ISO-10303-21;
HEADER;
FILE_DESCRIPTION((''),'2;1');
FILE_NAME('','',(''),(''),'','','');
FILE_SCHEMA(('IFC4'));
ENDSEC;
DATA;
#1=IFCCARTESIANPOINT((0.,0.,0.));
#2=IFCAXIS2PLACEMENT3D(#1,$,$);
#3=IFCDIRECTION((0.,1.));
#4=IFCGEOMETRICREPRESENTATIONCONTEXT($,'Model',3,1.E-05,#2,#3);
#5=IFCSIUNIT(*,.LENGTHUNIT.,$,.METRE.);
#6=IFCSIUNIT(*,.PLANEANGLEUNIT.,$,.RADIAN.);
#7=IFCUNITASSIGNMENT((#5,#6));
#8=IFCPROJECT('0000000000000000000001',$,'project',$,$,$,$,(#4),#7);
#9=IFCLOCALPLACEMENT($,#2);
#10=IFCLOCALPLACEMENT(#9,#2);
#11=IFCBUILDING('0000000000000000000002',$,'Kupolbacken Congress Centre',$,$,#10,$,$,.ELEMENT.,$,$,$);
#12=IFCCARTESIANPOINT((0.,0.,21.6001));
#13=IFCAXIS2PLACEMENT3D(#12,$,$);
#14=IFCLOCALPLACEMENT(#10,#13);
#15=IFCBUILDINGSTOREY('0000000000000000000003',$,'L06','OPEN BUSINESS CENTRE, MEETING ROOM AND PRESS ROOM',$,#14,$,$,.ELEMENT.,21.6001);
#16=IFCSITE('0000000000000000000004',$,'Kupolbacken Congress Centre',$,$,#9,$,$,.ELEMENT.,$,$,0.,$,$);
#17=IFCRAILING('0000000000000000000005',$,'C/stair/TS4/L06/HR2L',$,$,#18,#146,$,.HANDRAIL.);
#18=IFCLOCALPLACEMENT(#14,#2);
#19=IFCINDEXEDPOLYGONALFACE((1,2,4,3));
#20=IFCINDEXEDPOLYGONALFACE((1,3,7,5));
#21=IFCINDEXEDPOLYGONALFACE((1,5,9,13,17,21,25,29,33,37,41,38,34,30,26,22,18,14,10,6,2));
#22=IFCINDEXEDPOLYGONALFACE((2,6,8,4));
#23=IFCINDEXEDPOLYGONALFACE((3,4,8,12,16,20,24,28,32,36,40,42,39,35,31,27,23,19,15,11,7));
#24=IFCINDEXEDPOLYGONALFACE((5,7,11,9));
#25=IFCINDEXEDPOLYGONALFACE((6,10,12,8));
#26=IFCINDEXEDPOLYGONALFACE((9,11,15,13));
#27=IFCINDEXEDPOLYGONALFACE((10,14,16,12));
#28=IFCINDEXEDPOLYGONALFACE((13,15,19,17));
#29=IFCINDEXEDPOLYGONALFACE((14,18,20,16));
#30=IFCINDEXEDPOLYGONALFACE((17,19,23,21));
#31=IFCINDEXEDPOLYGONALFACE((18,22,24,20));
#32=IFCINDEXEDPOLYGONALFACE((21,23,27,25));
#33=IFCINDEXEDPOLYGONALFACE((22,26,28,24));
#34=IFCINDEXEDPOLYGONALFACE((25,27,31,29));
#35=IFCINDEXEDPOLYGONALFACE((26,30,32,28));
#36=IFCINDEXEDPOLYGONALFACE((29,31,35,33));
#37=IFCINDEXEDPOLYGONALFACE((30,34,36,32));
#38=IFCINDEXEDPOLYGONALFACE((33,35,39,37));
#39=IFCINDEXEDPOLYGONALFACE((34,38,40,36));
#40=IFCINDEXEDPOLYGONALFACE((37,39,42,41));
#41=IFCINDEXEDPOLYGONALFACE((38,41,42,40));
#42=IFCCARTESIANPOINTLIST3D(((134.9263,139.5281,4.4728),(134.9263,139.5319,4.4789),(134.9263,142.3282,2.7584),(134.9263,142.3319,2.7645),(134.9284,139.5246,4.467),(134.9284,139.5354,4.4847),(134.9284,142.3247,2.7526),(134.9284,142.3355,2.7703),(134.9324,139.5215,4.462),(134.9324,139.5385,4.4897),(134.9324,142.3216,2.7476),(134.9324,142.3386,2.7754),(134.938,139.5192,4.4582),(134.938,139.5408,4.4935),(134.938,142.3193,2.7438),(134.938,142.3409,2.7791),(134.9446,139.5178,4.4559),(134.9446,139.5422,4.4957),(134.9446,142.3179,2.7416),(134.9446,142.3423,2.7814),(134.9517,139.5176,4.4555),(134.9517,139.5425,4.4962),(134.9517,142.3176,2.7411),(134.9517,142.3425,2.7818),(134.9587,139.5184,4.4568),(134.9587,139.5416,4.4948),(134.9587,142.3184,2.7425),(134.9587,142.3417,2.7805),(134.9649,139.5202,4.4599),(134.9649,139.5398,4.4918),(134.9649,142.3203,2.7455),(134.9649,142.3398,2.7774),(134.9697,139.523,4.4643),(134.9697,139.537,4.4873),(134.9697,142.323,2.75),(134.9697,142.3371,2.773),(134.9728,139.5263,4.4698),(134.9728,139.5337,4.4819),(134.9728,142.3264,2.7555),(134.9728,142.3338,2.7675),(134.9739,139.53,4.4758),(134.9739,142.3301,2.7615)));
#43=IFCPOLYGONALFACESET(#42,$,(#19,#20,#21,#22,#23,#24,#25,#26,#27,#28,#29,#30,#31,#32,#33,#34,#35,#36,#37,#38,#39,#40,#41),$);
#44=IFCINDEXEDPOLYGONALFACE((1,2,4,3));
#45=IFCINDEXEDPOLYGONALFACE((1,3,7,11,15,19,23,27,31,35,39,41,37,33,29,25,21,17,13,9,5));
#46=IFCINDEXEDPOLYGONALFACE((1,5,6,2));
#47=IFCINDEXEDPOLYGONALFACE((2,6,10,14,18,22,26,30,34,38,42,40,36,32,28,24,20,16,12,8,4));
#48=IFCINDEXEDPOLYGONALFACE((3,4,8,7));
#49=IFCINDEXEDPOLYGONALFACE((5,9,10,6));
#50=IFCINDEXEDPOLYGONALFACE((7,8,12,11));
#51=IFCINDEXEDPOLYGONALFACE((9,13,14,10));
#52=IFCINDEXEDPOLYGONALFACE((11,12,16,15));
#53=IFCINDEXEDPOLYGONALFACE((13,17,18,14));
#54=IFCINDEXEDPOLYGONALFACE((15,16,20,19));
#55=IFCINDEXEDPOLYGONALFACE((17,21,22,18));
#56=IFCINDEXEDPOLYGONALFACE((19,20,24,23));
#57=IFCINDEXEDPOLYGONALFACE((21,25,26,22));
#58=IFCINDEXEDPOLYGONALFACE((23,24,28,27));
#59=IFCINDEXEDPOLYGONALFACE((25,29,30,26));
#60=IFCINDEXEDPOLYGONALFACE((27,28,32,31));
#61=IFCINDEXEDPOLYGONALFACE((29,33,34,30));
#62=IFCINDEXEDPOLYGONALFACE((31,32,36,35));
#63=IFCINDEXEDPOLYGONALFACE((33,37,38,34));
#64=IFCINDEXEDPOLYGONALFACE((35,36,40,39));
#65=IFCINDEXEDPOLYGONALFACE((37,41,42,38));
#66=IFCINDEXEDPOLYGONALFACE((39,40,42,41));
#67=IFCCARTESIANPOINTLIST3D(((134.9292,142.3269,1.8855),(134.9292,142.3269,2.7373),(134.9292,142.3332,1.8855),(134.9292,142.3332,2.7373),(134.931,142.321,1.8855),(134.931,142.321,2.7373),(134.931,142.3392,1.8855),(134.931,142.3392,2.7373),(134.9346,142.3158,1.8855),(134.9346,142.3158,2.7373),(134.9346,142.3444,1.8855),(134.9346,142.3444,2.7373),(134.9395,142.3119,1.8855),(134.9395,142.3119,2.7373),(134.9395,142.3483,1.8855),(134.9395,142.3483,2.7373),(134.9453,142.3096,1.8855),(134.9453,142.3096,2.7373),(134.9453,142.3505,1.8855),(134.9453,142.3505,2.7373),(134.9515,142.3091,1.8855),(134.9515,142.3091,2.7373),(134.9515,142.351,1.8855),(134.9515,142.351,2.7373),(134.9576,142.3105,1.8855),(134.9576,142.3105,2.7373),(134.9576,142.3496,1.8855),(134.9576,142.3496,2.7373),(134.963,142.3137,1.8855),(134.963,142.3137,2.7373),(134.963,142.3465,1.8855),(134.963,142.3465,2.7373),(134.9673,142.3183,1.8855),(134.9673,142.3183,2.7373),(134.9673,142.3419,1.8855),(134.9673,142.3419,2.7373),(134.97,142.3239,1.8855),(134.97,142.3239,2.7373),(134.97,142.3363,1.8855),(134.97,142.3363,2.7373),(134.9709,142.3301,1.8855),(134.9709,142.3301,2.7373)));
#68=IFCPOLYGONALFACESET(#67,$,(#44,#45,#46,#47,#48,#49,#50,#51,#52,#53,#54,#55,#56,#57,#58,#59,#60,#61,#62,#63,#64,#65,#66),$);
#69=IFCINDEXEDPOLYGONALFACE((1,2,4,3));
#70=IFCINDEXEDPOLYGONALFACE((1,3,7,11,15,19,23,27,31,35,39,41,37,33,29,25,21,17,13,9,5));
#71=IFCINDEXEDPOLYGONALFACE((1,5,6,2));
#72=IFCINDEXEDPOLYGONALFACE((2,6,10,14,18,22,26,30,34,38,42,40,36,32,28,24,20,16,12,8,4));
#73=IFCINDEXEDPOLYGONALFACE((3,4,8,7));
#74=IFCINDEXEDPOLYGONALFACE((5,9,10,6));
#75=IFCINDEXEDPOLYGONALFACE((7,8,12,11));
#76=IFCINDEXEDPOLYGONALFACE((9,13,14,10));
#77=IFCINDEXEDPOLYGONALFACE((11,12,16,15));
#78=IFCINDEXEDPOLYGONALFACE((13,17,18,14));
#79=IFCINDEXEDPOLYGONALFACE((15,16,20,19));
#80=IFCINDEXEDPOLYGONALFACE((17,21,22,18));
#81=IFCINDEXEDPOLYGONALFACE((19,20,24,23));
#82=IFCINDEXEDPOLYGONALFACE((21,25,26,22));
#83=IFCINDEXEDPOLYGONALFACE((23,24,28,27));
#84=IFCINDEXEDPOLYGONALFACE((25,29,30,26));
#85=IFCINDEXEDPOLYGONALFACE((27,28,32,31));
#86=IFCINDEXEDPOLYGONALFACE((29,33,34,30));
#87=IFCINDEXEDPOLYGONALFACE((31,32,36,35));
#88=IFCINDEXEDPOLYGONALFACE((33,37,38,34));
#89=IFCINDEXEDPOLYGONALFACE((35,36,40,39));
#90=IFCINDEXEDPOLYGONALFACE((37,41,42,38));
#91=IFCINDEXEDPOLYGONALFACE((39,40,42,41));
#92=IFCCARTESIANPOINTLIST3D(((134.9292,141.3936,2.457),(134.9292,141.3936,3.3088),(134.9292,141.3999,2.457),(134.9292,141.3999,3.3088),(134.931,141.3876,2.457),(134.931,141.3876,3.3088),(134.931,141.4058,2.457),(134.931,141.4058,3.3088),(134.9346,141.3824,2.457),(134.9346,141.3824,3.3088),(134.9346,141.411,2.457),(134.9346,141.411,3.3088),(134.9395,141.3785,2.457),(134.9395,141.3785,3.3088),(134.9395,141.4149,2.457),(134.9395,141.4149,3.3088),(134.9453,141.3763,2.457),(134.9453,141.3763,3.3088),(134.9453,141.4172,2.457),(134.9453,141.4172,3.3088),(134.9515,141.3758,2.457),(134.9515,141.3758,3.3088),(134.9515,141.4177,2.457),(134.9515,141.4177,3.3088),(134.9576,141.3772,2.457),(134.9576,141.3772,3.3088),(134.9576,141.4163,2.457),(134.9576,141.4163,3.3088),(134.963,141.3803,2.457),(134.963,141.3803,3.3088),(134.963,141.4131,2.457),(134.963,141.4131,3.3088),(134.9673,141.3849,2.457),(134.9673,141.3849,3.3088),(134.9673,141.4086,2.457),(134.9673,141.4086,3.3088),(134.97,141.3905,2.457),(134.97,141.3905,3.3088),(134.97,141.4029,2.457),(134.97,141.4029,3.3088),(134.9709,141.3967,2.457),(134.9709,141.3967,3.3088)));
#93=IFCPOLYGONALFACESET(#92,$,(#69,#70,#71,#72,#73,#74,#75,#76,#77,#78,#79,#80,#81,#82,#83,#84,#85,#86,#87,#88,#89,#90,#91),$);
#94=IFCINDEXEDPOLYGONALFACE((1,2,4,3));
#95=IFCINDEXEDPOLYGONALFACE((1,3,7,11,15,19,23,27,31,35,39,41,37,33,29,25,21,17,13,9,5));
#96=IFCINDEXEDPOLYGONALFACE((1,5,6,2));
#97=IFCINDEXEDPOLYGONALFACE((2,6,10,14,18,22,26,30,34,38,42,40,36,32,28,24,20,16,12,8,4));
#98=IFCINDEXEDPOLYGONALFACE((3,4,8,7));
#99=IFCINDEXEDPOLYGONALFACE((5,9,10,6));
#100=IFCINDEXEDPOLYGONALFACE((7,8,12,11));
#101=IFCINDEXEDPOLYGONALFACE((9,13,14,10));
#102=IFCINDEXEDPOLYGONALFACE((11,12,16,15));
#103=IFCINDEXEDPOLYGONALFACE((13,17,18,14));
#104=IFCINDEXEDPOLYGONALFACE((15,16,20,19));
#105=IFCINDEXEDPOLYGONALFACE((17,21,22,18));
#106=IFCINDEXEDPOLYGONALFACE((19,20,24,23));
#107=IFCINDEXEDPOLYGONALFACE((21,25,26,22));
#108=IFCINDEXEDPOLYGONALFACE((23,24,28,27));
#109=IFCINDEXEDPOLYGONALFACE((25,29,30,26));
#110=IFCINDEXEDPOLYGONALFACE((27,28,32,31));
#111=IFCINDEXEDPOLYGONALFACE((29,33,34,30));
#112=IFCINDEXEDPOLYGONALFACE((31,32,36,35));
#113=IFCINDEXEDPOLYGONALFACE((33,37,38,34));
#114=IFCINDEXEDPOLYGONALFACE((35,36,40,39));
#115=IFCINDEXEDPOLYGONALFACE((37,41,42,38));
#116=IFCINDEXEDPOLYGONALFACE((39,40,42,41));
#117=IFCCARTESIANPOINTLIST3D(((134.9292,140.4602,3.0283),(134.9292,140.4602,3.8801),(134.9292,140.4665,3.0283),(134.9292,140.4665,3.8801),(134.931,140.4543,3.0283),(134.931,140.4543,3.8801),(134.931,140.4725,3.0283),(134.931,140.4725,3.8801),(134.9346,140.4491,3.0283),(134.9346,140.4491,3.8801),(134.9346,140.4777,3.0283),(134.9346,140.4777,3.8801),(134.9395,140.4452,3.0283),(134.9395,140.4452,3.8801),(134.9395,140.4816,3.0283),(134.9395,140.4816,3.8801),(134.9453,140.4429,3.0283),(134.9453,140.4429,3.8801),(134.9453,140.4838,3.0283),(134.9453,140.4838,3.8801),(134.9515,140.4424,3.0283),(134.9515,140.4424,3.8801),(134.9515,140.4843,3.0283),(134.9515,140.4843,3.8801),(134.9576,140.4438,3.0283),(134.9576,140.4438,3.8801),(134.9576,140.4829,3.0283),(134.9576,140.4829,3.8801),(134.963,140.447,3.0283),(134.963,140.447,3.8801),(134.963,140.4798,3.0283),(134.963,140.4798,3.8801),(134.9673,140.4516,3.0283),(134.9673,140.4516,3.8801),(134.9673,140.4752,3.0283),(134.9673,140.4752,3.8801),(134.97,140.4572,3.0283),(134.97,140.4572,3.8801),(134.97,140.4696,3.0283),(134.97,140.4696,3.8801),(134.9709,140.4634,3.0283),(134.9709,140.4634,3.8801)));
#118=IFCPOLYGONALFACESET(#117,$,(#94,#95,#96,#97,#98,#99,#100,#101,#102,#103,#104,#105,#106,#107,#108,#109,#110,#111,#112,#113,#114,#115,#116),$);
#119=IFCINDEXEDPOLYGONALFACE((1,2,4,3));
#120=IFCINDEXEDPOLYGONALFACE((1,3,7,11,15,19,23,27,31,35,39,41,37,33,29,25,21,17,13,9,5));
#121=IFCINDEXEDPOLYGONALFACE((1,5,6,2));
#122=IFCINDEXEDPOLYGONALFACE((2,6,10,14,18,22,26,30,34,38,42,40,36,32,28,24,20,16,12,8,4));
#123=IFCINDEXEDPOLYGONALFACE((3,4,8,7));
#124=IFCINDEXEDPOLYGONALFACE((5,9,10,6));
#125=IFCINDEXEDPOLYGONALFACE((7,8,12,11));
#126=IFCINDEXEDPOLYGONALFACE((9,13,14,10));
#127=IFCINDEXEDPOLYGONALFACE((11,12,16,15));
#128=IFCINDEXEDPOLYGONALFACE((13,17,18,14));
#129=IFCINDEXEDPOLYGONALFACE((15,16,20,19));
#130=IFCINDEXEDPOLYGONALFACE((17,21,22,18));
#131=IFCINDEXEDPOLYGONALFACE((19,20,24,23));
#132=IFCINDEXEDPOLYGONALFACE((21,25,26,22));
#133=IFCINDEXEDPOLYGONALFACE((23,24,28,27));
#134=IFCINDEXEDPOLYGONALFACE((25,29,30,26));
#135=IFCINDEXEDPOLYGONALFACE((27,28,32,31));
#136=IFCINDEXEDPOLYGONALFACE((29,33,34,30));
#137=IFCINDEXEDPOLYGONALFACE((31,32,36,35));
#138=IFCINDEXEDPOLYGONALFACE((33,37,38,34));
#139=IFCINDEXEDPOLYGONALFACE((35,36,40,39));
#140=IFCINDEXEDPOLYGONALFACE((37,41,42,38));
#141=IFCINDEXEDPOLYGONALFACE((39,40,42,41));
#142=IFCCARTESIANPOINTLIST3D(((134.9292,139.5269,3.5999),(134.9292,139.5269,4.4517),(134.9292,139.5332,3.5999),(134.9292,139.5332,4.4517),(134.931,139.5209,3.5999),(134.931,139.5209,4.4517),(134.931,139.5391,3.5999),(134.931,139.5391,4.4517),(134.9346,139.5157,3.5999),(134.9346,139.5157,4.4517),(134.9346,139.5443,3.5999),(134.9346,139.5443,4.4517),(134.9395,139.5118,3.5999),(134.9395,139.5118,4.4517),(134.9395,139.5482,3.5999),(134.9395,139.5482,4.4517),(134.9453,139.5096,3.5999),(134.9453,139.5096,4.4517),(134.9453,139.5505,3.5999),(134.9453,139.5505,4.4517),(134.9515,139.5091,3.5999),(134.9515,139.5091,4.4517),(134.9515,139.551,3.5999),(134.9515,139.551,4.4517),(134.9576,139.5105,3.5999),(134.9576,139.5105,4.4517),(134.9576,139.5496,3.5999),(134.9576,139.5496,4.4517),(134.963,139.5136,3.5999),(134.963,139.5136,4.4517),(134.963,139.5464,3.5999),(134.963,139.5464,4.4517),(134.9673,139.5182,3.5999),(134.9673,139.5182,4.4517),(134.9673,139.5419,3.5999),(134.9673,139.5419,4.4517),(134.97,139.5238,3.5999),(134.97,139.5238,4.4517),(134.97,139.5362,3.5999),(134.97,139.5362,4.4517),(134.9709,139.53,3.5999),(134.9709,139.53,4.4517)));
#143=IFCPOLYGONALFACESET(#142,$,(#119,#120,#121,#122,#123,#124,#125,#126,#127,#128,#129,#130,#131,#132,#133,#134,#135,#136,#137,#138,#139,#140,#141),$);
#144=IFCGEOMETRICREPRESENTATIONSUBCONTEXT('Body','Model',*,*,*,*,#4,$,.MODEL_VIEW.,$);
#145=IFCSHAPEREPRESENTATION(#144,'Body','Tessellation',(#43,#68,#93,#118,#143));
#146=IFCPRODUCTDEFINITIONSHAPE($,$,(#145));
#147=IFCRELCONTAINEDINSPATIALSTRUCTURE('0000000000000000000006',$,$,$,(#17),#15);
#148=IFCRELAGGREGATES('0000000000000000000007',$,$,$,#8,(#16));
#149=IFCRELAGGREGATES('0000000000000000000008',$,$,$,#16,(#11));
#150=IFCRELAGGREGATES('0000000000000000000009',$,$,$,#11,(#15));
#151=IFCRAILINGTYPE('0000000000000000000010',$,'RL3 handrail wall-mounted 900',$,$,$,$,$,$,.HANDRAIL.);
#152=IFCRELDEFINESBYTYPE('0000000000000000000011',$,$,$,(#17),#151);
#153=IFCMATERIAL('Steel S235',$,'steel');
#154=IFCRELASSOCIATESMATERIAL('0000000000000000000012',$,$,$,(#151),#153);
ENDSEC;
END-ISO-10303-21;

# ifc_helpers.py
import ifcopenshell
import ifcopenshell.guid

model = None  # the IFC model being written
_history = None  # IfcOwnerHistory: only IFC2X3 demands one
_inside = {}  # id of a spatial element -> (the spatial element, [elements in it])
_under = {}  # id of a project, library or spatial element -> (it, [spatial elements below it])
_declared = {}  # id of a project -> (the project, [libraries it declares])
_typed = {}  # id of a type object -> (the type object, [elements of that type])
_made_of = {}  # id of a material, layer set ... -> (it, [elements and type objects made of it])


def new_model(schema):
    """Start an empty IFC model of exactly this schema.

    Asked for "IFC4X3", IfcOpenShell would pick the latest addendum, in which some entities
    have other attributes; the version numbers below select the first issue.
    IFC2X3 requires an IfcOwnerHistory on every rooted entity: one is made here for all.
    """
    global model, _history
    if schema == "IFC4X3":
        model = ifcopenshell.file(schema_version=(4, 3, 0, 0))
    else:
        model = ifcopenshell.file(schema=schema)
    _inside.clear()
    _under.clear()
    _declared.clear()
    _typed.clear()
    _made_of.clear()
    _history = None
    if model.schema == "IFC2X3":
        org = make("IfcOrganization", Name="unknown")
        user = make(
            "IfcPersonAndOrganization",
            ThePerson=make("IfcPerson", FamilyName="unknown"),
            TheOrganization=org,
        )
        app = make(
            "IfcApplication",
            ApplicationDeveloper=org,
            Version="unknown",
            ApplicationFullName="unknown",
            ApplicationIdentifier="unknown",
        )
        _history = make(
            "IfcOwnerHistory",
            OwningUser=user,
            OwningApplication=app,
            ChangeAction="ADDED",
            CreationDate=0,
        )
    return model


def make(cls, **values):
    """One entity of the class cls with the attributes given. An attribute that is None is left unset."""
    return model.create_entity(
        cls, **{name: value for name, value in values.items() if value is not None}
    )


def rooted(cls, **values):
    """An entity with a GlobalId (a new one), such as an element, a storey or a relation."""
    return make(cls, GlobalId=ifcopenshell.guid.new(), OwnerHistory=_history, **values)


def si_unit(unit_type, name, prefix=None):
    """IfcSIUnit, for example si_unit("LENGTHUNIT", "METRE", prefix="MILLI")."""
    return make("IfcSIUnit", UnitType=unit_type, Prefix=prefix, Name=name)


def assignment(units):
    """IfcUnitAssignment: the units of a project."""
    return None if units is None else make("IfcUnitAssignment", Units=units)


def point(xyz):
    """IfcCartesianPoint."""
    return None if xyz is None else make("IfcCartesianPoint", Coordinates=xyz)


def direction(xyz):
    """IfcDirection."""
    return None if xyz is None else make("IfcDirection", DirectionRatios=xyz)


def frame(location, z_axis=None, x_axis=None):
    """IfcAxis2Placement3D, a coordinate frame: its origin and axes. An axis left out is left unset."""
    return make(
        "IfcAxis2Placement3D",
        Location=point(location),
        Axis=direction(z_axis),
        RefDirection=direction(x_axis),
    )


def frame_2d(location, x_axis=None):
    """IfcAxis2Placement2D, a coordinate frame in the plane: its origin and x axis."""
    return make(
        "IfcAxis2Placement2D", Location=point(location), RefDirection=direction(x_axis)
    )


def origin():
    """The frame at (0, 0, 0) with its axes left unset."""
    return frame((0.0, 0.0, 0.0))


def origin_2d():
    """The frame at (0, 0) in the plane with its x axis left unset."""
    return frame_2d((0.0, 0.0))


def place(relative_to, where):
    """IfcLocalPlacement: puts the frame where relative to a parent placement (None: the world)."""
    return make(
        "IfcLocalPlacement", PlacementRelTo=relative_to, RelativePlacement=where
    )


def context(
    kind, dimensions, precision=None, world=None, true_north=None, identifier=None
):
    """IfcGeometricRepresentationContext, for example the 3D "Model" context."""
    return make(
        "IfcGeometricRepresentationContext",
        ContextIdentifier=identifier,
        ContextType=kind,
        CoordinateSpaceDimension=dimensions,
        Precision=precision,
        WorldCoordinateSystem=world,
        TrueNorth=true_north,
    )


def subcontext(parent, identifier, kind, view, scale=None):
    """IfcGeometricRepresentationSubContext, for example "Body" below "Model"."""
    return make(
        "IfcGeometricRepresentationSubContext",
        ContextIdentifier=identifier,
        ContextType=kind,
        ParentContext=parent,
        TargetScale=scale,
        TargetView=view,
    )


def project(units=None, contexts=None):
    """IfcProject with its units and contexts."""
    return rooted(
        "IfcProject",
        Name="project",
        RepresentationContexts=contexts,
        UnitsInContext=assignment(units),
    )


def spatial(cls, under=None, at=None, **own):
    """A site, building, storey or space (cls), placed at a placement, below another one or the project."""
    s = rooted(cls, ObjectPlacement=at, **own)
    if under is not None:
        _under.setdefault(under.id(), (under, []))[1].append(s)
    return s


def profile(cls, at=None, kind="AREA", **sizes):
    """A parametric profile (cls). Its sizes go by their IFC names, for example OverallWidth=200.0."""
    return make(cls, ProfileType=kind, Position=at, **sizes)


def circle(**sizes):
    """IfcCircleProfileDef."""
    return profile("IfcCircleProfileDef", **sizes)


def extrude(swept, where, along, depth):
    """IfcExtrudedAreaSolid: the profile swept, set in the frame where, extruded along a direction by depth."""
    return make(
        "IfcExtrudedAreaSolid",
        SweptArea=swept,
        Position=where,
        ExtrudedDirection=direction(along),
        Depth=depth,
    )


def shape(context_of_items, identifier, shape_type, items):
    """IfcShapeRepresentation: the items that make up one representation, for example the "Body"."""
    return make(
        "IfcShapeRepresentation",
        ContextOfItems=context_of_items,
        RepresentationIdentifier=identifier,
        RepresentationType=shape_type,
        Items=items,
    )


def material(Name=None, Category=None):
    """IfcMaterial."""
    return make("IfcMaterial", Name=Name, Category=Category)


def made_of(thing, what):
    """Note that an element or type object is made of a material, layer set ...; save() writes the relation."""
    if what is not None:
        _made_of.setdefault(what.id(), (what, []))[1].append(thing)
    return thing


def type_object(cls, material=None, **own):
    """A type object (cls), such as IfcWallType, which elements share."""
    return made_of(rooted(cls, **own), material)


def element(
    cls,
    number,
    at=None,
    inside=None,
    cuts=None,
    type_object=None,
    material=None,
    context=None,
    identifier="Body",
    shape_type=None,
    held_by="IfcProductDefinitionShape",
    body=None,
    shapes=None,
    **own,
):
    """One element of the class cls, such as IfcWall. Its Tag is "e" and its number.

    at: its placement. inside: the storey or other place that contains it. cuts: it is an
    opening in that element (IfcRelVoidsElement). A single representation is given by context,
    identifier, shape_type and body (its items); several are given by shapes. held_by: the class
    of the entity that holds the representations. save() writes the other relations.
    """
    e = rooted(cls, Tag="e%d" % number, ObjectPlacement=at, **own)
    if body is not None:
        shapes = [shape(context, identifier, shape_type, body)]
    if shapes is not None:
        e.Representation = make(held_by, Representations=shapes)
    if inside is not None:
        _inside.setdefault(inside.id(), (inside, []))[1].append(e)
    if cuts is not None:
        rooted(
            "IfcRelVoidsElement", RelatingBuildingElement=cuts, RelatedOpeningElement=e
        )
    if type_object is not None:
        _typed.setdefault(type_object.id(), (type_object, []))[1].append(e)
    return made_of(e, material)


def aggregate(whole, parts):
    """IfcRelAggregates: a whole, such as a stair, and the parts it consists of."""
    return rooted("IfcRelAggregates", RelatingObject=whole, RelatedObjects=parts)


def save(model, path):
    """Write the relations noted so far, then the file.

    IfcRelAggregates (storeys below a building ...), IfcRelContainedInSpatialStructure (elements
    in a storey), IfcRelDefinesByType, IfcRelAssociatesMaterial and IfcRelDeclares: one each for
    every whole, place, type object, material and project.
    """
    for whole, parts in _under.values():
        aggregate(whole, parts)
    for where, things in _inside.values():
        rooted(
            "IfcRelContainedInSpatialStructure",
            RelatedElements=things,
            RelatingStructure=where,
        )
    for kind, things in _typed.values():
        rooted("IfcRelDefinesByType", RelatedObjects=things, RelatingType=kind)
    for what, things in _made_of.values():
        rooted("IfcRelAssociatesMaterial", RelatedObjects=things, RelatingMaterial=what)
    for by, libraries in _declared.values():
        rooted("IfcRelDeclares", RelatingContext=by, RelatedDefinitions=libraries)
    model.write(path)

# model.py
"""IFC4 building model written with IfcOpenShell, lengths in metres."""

from ifc_helpers import new_model, si_unit, direction, frame, origin, origin_2d, place, context, subcontext, project, spatial, circle, extrude, material, type_object, element, save


model = new_model("IFC4")

# Units and contexts
model_context = context("Model", 3, precision=1e-05, world=origin(), true_north=direction((0.0, 1.0)))
body_context = subcontext(model_context, "Body", "Model", "MODEL_VIEW")
ifc_project = project(units=[si_unit("LENGTHUNIT", "METRE"), si_unit("PLANEANGLEUNIT", "RADIAN")], contexts=[model_context])

# Site, building, storey
site_placement = place(None, origin())
site = spatial("IfcSite", under=ifc_project, at=site_placement, Name="Kupolbacken Congress Centre", CompositionType="ELEMENT", RefElevation=0.0)
building_placement = place(site_placement, origin())
building = spatial("IfcBuilding", under=site, at=building_placement, Name="Kupolbacken Congress Centre", CompositionType="ELEMENT")
storey_placement = place(building_placement, frame((0.0, 0.0, 21.6001)))
storey = spatial("IfcBuildingStorey", under=building, at=storey_placement, Name="L06", Description="OPEN BUSINESS CENTRE, MEETING ROOM AND PRESS ROOM", CompositionType="ELEMENT", Elevation=21.6001)

# Railing
ifc_material_1 = material(Name="Steel S235", Category="steel")
railing_type = type_object("IfcRailingType", Name="RL3 handrail wall-mounted 900", PredefinedType="HANDRAIL", material=ifc_material_1)
for number, where, name in (
    (1, (134.95, 142.3301, 1.8855), "C/stair/TS4/L06/HR2L"),
):
    element("IfcRailing", number, at=place(storey_placement, frame(where)), inside=storey, type_object=railing_type, Name=name, PredefinedType="HANDRAIL", context=body_context, shape_type="SweptSolid", body=[
        extrude(circle(Radius=0.0239, at=origin_2d()), frame((0.0, 0.0, 0.876), z_axis=(0.0, -0.852846, 0.522163), x_axis=(1.0, 0.0, 0.0)), (0.0, 0.0, 1.0), 3.2832),
        extrude(circle(Radius=0.021, at=origin_2d()), origin(), (0.0, 0.0, 1.0), 0.8518),
        extrude(circle(Radius=0.021, at=origin_2d()), frame((0.0, -0.9333, 0.5715)), (0.0, 0.0, 1.0), 0.8518),
        extrude(circle(Radius=0.021, at=origin_2d()), frame((0.0, -1.8667, 1.1428)), (0.0, 0.0, 1.0), 0.8518),
        extrude(circle(Radius=0.021, at=origin_2d()), frame((0.0, -2.8, 1.7144)), (0.0, 0.0, 1.0), 0.8518),
    ])

save(model, "model.ifc")
